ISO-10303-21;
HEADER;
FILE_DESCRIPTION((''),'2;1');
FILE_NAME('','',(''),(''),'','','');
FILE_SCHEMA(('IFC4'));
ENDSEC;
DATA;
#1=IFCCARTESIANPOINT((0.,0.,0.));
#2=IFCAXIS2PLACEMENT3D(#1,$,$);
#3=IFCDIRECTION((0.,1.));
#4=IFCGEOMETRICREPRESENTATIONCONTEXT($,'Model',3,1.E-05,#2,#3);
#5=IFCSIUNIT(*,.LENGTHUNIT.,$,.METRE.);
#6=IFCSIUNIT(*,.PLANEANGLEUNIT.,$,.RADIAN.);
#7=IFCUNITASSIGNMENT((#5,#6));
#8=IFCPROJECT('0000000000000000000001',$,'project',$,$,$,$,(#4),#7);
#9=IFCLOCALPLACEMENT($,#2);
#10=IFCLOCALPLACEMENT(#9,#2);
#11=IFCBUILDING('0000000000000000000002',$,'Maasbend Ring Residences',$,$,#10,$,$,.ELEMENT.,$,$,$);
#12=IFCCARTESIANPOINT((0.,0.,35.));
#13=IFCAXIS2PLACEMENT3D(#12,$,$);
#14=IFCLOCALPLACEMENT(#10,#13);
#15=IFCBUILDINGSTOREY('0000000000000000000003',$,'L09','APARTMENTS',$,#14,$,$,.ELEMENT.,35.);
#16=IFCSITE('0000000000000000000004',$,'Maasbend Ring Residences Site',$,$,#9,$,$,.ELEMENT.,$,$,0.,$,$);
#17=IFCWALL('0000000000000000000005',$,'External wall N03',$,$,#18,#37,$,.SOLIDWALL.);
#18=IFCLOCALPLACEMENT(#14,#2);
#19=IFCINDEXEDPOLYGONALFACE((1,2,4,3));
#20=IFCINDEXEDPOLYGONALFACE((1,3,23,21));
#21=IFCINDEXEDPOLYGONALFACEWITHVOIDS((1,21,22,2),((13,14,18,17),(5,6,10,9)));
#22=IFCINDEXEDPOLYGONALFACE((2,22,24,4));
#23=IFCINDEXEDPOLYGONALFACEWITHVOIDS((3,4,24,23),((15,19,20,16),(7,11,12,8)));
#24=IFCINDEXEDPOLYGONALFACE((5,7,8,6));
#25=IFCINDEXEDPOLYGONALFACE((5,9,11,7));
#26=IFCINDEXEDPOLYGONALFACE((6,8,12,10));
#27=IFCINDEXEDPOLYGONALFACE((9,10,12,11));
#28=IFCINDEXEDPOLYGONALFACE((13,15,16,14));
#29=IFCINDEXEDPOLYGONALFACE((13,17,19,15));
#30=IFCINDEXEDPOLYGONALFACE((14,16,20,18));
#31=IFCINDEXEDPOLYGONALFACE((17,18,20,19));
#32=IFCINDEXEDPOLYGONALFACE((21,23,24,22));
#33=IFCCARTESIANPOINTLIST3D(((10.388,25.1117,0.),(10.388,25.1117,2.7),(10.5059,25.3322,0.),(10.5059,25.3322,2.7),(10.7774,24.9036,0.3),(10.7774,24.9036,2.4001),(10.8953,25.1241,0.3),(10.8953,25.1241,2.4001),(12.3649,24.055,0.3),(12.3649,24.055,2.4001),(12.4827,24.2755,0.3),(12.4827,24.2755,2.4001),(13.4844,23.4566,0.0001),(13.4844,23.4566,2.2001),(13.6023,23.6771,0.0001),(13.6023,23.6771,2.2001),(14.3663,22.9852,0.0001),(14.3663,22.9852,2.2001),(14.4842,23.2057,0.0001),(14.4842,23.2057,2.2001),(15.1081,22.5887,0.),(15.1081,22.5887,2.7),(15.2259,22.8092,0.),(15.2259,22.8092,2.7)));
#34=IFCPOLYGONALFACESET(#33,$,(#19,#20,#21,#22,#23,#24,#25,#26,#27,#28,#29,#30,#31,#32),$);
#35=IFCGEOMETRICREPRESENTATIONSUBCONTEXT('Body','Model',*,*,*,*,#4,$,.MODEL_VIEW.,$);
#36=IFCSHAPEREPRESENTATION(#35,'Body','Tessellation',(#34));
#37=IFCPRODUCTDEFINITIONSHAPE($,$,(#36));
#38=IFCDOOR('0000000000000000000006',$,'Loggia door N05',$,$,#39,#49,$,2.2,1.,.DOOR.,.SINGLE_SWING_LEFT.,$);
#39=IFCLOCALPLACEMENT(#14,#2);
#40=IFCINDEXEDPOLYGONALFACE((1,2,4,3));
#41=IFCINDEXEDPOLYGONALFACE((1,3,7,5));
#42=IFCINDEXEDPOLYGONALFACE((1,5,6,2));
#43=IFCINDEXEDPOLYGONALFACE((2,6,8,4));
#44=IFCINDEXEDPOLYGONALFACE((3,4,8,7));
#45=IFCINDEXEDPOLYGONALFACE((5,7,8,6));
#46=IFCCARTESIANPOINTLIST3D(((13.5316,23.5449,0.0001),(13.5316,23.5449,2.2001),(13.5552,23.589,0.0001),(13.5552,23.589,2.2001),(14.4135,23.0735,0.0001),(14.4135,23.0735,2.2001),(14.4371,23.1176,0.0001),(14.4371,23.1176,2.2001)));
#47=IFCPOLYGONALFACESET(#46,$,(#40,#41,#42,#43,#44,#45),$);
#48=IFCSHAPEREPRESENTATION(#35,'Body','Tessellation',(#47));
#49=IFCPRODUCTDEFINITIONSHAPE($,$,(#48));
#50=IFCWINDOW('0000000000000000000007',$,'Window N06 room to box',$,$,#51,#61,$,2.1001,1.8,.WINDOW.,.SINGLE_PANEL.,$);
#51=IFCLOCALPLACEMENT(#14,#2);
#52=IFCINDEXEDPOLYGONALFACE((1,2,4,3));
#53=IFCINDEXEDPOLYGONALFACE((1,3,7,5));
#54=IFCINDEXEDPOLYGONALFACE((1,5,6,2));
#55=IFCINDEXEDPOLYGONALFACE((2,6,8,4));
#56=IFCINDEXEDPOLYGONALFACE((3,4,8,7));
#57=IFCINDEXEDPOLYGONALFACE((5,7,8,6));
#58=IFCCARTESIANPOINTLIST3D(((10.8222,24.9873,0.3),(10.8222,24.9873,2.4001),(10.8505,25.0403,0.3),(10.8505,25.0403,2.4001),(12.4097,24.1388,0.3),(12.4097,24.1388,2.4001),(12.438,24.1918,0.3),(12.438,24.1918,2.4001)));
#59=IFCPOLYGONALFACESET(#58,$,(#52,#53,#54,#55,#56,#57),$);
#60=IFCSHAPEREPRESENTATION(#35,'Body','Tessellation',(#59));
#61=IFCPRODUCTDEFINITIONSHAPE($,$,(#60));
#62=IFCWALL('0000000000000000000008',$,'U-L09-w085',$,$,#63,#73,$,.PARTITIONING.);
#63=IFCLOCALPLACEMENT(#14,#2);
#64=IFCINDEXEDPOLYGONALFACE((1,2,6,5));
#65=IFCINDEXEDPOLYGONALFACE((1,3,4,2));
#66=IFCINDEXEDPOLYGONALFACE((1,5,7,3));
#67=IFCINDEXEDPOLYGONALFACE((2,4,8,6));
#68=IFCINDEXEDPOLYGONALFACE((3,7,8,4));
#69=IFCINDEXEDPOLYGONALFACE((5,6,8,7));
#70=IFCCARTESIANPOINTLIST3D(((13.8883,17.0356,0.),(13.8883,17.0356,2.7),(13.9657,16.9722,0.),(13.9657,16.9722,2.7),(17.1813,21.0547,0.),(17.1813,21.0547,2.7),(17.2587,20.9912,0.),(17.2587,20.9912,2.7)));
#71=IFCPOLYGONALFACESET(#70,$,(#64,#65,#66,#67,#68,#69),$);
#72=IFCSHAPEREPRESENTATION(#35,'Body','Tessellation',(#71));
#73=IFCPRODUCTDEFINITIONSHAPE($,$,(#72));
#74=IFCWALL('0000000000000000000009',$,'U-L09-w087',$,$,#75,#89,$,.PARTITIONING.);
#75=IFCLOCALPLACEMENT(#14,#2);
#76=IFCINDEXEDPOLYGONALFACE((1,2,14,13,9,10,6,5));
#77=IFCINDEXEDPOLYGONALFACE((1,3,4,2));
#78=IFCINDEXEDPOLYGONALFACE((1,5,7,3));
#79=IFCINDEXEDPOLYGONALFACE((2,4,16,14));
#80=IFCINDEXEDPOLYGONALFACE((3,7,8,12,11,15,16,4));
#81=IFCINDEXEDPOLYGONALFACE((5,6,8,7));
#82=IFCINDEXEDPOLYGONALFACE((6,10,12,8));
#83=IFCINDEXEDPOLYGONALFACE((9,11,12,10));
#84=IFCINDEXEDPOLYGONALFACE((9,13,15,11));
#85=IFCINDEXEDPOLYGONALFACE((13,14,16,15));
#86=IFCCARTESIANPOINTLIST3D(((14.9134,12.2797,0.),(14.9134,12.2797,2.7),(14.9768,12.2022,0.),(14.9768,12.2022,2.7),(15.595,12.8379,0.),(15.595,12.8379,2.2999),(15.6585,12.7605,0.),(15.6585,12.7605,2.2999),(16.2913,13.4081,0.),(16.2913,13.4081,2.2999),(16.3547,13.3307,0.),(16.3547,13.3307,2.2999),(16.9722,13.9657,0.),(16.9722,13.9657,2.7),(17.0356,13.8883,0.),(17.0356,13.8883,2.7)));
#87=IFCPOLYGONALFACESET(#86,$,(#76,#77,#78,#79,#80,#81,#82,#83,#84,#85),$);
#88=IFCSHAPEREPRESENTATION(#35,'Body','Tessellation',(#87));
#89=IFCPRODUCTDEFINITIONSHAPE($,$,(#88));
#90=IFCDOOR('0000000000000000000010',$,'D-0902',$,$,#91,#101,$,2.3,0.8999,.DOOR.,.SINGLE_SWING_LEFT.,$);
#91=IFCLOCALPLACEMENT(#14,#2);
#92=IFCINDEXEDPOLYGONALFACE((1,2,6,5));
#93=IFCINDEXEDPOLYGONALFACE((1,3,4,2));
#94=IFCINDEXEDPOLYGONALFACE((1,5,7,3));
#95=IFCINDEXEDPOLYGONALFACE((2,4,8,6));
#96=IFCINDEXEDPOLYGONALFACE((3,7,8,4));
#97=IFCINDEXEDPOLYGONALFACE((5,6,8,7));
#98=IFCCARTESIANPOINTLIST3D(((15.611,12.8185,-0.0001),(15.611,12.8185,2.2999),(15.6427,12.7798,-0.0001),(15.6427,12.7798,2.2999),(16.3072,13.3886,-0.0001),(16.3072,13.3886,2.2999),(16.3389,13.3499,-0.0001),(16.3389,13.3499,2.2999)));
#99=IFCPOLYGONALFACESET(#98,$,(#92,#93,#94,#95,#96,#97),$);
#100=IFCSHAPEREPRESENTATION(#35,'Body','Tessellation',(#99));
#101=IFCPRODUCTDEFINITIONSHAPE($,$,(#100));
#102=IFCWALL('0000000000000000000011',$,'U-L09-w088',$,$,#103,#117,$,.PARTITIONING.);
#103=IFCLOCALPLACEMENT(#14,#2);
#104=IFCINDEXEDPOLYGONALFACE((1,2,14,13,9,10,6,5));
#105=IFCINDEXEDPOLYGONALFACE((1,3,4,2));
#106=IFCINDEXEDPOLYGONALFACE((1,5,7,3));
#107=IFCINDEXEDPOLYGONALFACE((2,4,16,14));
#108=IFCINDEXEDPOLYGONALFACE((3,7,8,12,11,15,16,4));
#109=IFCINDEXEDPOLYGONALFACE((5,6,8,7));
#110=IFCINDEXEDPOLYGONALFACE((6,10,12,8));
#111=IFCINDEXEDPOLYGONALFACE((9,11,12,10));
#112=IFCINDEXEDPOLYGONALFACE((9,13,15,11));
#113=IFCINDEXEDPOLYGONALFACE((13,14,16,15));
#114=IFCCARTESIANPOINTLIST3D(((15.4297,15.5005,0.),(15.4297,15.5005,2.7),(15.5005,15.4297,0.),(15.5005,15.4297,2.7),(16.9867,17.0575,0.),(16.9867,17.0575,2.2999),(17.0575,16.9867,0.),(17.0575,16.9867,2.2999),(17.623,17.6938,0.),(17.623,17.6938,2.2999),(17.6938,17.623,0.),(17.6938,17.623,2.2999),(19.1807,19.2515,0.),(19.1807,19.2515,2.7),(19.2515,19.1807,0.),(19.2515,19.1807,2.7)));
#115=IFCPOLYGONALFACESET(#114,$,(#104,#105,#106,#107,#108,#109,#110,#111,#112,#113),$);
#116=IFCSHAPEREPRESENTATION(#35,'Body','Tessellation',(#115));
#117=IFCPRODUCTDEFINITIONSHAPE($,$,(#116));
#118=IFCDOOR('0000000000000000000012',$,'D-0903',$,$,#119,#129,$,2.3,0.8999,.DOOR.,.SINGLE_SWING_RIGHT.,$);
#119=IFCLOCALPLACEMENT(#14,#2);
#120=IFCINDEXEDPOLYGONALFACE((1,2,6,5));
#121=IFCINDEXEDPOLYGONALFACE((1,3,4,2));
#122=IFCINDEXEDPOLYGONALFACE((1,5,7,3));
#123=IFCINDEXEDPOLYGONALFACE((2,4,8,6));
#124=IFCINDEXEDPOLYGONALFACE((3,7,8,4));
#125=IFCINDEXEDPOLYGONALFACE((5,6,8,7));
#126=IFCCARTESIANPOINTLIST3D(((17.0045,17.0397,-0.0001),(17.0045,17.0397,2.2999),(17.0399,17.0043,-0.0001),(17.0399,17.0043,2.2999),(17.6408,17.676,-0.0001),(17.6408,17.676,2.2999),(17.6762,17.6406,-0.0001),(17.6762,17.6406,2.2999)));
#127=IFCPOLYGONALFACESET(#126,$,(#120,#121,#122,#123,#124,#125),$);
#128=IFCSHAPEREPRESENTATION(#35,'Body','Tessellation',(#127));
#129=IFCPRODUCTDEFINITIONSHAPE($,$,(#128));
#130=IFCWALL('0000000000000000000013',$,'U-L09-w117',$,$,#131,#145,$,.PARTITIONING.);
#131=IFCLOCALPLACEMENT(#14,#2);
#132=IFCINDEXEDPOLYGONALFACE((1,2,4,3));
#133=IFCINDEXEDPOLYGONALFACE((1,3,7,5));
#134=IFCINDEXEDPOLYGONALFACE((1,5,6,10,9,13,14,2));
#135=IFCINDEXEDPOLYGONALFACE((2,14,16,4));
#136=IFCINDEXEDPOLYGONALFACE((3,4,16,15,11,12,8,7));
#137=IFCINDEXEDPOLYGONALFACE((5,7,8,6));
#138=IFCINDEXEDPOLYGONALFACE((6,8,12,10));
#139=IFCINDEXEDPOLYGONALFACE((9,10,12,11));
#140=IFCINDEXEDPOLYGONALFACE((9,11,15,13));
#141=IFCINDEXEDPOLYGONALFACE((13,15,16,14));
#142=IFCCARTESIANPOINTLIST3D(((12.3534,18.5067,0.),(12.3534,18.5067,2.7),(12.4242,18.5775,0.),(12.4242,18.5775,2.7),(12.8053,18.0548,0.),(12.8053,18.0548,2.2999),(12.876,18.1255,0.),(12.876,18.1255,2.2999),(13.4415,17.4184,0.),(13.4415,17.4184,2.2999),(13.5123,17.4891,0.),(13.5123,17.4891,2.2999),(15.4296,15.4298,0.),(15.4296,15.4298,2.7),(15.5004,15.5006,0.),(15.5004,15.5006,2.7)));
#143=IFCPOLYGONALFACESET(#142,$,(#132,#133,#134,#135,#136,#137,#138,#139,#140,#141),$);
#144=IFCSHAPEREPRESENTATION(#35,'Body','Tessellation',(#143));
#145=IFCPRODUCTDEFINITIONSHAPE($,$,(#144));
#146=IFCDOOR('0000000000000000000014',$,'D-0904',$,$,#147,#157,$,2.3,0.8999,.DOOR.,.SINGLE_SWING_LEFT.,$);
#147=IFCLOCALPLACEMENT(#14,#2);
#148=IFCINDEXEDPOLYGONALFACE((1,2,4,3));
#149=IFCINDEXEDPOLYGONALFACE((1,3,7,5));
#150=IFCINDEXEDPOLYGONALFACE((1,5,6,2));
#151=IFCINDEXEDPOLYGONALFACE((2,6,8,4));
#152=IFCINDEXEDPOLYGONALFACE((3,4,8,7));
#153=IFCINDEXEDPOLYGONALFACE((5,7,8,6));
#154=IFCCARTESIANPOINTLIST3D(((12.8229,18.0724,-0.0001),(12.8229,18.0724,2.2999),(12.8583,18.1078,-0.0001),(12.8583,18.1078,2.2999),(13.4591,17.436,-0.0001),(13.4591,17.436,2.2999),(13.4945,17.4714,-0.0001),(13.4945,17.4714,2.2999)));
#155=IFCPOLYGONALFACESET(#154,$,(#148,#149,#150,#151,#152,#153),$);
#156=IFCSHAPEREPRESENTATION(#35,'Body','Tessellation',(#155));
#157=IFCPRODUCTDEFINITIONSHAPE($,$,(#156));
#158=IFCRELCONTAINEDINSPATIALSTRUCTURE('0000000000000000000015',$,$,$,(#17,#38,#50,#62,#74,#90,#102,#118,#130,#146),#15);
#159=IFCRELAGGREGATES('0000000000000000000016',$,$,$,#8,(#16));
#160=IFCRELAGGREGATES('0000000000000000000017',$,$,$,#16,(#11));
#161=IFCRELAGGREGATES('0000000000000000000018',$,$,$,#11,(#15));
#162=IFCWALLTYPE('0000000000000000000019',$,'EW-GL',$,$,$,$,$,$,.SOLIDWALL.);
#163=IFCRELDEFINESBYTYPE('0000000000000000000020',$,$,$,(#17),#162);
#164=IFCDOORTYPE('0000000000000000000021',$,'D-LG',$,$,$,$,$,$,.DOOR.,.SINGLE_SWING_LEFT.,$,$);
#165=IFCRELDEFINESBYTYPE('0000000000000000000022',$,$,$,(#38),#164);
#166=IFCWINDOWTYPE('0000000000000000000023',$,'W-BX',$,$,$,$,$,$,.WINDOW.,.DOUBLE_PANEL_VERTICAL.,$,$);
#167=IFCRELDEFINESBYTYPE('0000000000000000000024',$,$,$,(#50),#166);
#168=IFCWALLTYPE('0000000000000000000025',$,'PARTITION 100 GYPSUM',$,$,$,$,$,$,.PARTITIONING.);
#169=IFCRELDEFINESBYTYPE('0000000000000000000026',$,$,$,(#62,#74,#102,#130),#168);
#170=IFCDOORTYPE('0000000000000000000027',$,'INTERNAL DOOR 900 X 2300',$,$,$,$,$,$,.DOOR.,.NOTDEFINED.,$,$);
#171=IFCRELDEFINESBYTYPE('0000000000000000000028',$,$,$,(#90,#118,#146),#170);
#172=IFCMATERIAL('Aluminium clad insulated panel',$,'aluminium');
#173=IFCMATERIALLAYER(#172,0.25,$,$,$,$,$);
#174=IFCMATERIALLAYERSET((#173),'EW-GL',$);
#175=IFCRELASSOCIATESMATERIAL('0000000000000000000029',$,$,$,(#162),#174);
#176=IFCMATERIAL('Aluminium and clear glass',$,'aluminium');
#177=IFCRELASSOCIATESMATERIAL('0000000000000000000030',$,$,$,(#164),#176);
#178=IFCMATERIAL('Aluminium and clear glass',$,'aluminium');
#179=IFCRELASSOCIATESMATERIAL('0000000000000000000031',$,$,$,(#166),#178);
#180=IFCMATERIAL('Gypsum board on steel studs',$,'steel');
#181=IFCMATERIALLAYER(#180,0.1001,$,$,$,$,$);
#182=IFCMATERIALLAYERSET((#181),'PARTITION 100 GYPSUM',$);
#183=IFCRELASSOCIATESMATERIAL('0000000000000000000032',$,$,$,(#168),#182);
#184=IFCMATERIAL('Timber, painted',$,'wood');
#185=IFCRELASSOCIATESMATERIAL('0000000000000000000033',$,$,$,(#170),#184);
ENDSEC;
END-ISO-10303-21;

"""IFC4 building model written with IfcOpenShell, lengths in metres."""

from ifc_helpers import new_model, si_unit, direction, frame, frame_2d, origin, place, context, subcontext, project, spatial, rectangle, extrude, material, layer, layer_set, type_object, element, fill, save


model = new_model("IFC4")

# Units and contexts
model_context = context("Model", 3, precision=1e-05, world=origin(), true_north=direction((0.0, 1.0)))
body_context = subcontext(model_context, "Body", "Model", "MODEL_VIEW")
ifc_project = project(units=[si_unit("LENGTHUNIT", "METRE"), si_unit("PLANEANGLEUNIT", "RADIAN")], contexts=[model_context])

# Site, building, storey
site_placement = place(None, origin())
site = spatial("IfcSite", under=ifc_project, at=site_placement, Name="Maasbend Ring Residences Site", CompositionType="ELEMENT", RefElevation=0.0)
building_placement = place(site_placement, origin())
building = spatial("IfcBuilding", under=site, at=building_placement, Name="Maasbend Ring Residences", CompositionType="ELEMENT")
storey_placement = place(building_placement, frame((0.0, 0.0, 35.0)))
storey = spatial("IfcBuildingStorey", under=building, at=storey_placement, Name="L09", Description="APARTMENTS", CompositionType="ELEMENT", Elevation=35.0)

# Wall, openings, door, window
ifc_material_1 = material(Name="Aluminium clad insulated panel", Category="aluminium")
ifc_layer_1 = layer(ifc_material_1, 0.25)
ifc_layer_set_1 = layer_set([ifc_layer_1], Name="EW-GL")
wall_type_1 = type_object("IfcWallType", Name="EW-GL", PredefinedType="SOLIDWALL", material=ifc_layer_set_1)
wall_1_placement = place(storey_placement, frame((15.167, 22.699, 0.0), z_axis=(0.0, 0.0, 1.0), x_axis=(-0.881916, 0.471407, 0.0)))
wall_1 = element("IfcWall", 1, at=wall_1_placement, inside=storey, type_object=wall_type_1, Name="External wall N03", PredefinedType="SOLIDWALL", context=body_context, shape_type="SweptSolid", body=[
    extrude(rectangle(XDim=5.3521, YDim=0.25, at=frame_2d((2.676, 0.0))), origin(), (0.0, 0.0, 1.0), 2.7),
])
opening_1_placement = place(wall_1_placement, frame((0.8411, 0.0, 0.0)))
opening_1 = element("IfcOpeningElement", 2, at=opening_1_placement, cuts=wall_1, PredefinedType="OPENING", context=body_context, shape_type="SweptSolid", body=[
    extrude(rectangle(XDim=1.0, YDim=2.2, at=frame_2d((0.5, 1.1001))), frame((0.0, 0.135, 0.0), z_axis=(0.0, -1.0, 0.0), x_axis=(1.0, 0.0, 0.0)), (0.0, 0.0, 1.0), 0.27),
])
opening_2_placement = place(wall_1_placement, frame((3.1106, 0.0, 0.3)))
opening_2 = element("IfcOpeningElement", 3, at=opening_2_placement, cuts=wall_1, PredefinedType="OPENING", context=body_context, shape_type="SweptSolid", body=[
    extrude(rectangle(XDim=1.8, YDim=2.1001, at=frame_2d((0.8999, 1.05))), frame((0.0, 0.135, 0.0), z_axis=(0.0, -1.0, 0.0), x_axis=(1.0, 0.0, 0.0)), (0.0, 0.0, 1.0), 0.27),
])
ifc_material_2 = material(Name="Aluminium and clear glass", Category="aluminium")
door_type_1 = type_object("IfcDoorType", Name="D-LG", OperationType="SINGLE_SWING_LEFT", PredefinedType="DOOR", material=ifc_material_2)
door_1_placement = place(opening_1_placement, origin())
door_1 = element("IfcDoor", 4, at=door_1_placement, inside=storey, type_object=door_type_1, Name="Loggia door N05", OperationType="SINGLE_SWING_LEFT", OverallHeight=2.2, OverallWidth=1.0, PredefinedType="DOOR", context=body_context, shape_type="SweptSolid", body=[
    extrude(rectangle(XDim=1.0, YDim=2.2, at=frame_2d((0.5, 1.1001))), frame((0.0, 0.0249, 0.0), z_axis=(0.0, -1.0, 0.0), x_axis=(1.0, 0.0, 0.0)), (0.0, 0.0, 1.0), 0.05),
])
fill(opening_1, door_1)
ifc_material_3 = material(Name="Aluminium and clear glass", Category="aluminium")
window_type_1 = type_object("IfcWindowType", Name="W-BX", PartitioningType="DOUBLE_PANEL_VERTICAL", PredefinedType="WINDOW", material=ifc_material_3)
window_1_placement = place(opening_2_placement, origin())
window_1 = element("IfcWindow", 5, at=window_1_placement, inside=storey, type_object=window_type_1, Name="Window N06 room to box", OverallHeight=2.1001, OverallWidth=1.8, PartitioningType="SINGLE_PANEL", PredefinedType="WINDOW", context=body_context, shape_type="SweptSolid", body=[
    extrude(rectangle(XDim=1.8, YDim=2.1001, at=frame_2d((0.8999, 1.05))), frame((0.0, 0.03, 0.0), z_axis=(0.0, -1.0, 0.0), x_axis=(1.0, 0.0, 0.0)), (0.0, 0.0, 1.0), 0.0601),
])
fill(opening_2, window_1)

# Wall
ifc_material_4 = material(Name="Gypsum board on steel studs", Category="steel")
ifc_layer_2 = layer(ifc_material_4, 0.1001)
ifc_layer_set_2 = layer_set([ifc_layer_2], Name="PARTITION 100 GYPSUM")
wall_type_2 = type_object("IfcWallType", Name="PARTITION 100 GYPSUM", PredefinedType="PARTITIONING", material=ifc_layer_set_2)
wall_2_placement = place(storey_placement, frame((13.927, 17.0039, 0.0), z_axis=(0.0, 0.0, 1.0), x_axis=(0.633775, 0.773517, 0.0)))
element("IfcWall", 6, at=wall_2_placement, inside=storey, type_object=wall_type_2, Name="U-L09-w085", PredefinedType="PARTITIONING", context=body_context, shape_type="SweptSolid", body=[
    extrude(rectangle(XDim=5.1958, YDim=0.1001, at=frame_2d((2.5979, 0.0))), origin(), (0.0, 0.0, 1.0), 2.7),
])

# Walls, openings, doors
wall_3_placement = place(storey_placement, frame((14.9451, 12.241, 0.0), z_axis=(0.0, 0.0, 1.0), x_axis=(0.773675, 0.633582, 0.0)))
wall_3 = element("IfcWall", 7, at=wall_3_placement, inside=storey, type_object=wall_type_2, Name="U-L09-w087", PredefinedType="PARTITIONING", context=body_context, shape_type="SweptSolid", body=[
    extrude(rectangle(XDim=2.6611, YDim=0.1001, at=frame_2d((1.3306, 0.0))), origin(), (0.0, 0.0, 1.0), 2.7),
])
opening_3_placement = place(wall_3_placement, frame((0.8811, 0.0, 0.0)))
opening_3 = element("IfcOpeningElement", 8, at=opening_3_placement, cuts=wall_3, PredefinedType="OPENING", context=body_context, shape_type="SweptSolid", body=[
    extrude(rectangle(XDim=0.8999, YDim=2.3, at=frame_2d((0.45, 1.1499))), frame((0.0, 0.0601, 0.0), z_axis=(0.0, -1.0, 0.0), x_axis=(1.0, 0.0, 0.0)), (0.0, 0.0, 1.0), 0.1201),
])
ifc_material_5 = material(Name="Timber, painted", Category="wood")
door_type_2 = type_object("IfcDoorType", Name="INTERNAL DOOR 900 X 2300", OperationType="NOTDEFINED", PredefinedType="DOOR", material=ifc_material_5)
door_2_placement = place(opening_3_placement, origin())
door_2 = element("IfcDoor", 9, at=door_2_placement, inside=storey, type_object=door_type_2, Name="D-0902", OperationType="SINGLE_SWING_LEFT", OverallHeight=2.3, OverallWidth=0.8999, PredefinedType="DOOR", context=body_context, shape_type="SweptSolid", body=[
    extrude(rectangle(XDim=0.8999, YDim=2.3, at=frame_2d((0.45, 1.1499))), frame((0.0, 0.0249, 0.0), z_axis=(0.0, -1.0, 0.0), x_axis=(1.0, 0.0, 0.0)), (0.0, 0.0, 1.0), 0.05),
])
fill(opening_3, door_2)
wall_4_placement = place(storey_placement, frame((15.4651, 15.4651, 0.0), z_axis=(0.0, 0.0, 1.0), x_axis=(0.707107, 0.707107, 0.0)))
wall_4 = element("IfcWall", 10, at=wall_4_placement, inside=storey, type_object=wall_type_2, Name="U-L09-w088", PredefinedType="PARTITIONING", context=body_context, shape_type="SweptSolid", body=[
    extrude(rectangle(XDim=5.3047, YDim=0.1001, at=frame_2d((2.6523, 0.0))), origin(), (0.0, 0.0, 1.0), 2.7),
])
opening_4_placement = place(wall_4_placement, frame((2.2019, 0.0, 0.0)))
opening_4 = element("IfcOpeningElement", 11, at=opening_4_placement, cuts=wall_4, PredefinedType="OPENING", context=body_context, shape_type="SweptSolid", body=[
    extrude(rectangle(XDim=0.8999, YDim=2.3, at=frame_2d((0.45, 1.1499))), frame((0.0, 0.0601, 0.0), z_axis=(0.0, -1.0, 0.0), x_axis=(1.0, 0.0, 0.0)), (0.0, 0.0, 1.0), 0.1201),
])
door_3_placement = place(opening_4_placement, origin())
door_3 = element("IfcDoor", 12, at=door_3_placement, inside=storey, type_object=door_type_2, Name="D-0903", OperationType="SINGLE_SWING_RIGHT", OverallHeight=2.3, OverallWidth=0.8999, PredefinedType="DOOR", context=body_context, shape_type="SweptSolid", body=[
    extrude(rectangle(XDim=0.8999, YDim=2.3, at=frame_2d((0.45, 1.1499))), frame((0.0, 0.0249, 0.0), z_axis=(0.0, -1.0, 0.0), x_axis=(1.0, 0.0, 0.0)), (0.0, 0.0, 1.0), 0.05),
])
fill(opening_4, door_3)
wall_5_placement = place(storey_placement, frame((12.3889, 18.542, 0.0), z_axis=(0.0, 0.0, 1.0), x_axis=(0.707023, -0.707191, 0.0)))
wall_5 = element("IfcWall", 13, at=wall_5_placement, inside=storey, type_object=wall_type_2, Name="U-L09-w117", PredefinedType="PARTITIONING", context=body_context, shape_type="SweptSolid", body=[
    extrude(rectangle(XDim=4.3508, YDim=0.1001, at=frame_2d((2.1753, 0.0))), origin(), (0.0, 0.0, 1.0), 2.7),
])
opening_5_placement = place(wall_5_placement, frame((0.6389, 0.0, 0.0)))
opening_5 = element("IfcOpeningElement", 14, at=opening_5_placement, cuts=wall_5, PredefinedType="OPENING", context=body_context, shape_type="SweptSolid", body=[
    extrude(rectangle(XDim=0.8999, YDim=2.3, at=frame_2d((0.45, 1.1499))), frame((0.0, 0.0601, 0.0), z_axis=(0.0, -1.0, 0.0), x_axis=(1.0, 0.0, 0.0)), (0.0, 0.0, 1.0), 0.1201),
])
door_4_placement = place(opening_5_placement, origin())
door_4 = element("IfcDoor", 15, at=door_4_placement, inside=storey, type_object=door_type_2, Name="D-0904", OperationType="SINGLE_SWING_LEFT", OverallHeight=2.3, OverallWidth=0.8999, PredefinedType="DOOR", context=body_context, shape_type="SweptSolid", body=[
    extrude(rectangle(XDim=0.8999, YDim=2.3, at=frame_2d((0.45, 1.1499))), frame((0.0, 0.0249, 0.0), z_axis=(0.0, -1.0, 0.0), x_axis=(1.0, 0.0, 0.0)), (0.0, 0.0, 1.0), 0.05),
])
fill(opening_5, door_4)

save(model, "model.ifc")
